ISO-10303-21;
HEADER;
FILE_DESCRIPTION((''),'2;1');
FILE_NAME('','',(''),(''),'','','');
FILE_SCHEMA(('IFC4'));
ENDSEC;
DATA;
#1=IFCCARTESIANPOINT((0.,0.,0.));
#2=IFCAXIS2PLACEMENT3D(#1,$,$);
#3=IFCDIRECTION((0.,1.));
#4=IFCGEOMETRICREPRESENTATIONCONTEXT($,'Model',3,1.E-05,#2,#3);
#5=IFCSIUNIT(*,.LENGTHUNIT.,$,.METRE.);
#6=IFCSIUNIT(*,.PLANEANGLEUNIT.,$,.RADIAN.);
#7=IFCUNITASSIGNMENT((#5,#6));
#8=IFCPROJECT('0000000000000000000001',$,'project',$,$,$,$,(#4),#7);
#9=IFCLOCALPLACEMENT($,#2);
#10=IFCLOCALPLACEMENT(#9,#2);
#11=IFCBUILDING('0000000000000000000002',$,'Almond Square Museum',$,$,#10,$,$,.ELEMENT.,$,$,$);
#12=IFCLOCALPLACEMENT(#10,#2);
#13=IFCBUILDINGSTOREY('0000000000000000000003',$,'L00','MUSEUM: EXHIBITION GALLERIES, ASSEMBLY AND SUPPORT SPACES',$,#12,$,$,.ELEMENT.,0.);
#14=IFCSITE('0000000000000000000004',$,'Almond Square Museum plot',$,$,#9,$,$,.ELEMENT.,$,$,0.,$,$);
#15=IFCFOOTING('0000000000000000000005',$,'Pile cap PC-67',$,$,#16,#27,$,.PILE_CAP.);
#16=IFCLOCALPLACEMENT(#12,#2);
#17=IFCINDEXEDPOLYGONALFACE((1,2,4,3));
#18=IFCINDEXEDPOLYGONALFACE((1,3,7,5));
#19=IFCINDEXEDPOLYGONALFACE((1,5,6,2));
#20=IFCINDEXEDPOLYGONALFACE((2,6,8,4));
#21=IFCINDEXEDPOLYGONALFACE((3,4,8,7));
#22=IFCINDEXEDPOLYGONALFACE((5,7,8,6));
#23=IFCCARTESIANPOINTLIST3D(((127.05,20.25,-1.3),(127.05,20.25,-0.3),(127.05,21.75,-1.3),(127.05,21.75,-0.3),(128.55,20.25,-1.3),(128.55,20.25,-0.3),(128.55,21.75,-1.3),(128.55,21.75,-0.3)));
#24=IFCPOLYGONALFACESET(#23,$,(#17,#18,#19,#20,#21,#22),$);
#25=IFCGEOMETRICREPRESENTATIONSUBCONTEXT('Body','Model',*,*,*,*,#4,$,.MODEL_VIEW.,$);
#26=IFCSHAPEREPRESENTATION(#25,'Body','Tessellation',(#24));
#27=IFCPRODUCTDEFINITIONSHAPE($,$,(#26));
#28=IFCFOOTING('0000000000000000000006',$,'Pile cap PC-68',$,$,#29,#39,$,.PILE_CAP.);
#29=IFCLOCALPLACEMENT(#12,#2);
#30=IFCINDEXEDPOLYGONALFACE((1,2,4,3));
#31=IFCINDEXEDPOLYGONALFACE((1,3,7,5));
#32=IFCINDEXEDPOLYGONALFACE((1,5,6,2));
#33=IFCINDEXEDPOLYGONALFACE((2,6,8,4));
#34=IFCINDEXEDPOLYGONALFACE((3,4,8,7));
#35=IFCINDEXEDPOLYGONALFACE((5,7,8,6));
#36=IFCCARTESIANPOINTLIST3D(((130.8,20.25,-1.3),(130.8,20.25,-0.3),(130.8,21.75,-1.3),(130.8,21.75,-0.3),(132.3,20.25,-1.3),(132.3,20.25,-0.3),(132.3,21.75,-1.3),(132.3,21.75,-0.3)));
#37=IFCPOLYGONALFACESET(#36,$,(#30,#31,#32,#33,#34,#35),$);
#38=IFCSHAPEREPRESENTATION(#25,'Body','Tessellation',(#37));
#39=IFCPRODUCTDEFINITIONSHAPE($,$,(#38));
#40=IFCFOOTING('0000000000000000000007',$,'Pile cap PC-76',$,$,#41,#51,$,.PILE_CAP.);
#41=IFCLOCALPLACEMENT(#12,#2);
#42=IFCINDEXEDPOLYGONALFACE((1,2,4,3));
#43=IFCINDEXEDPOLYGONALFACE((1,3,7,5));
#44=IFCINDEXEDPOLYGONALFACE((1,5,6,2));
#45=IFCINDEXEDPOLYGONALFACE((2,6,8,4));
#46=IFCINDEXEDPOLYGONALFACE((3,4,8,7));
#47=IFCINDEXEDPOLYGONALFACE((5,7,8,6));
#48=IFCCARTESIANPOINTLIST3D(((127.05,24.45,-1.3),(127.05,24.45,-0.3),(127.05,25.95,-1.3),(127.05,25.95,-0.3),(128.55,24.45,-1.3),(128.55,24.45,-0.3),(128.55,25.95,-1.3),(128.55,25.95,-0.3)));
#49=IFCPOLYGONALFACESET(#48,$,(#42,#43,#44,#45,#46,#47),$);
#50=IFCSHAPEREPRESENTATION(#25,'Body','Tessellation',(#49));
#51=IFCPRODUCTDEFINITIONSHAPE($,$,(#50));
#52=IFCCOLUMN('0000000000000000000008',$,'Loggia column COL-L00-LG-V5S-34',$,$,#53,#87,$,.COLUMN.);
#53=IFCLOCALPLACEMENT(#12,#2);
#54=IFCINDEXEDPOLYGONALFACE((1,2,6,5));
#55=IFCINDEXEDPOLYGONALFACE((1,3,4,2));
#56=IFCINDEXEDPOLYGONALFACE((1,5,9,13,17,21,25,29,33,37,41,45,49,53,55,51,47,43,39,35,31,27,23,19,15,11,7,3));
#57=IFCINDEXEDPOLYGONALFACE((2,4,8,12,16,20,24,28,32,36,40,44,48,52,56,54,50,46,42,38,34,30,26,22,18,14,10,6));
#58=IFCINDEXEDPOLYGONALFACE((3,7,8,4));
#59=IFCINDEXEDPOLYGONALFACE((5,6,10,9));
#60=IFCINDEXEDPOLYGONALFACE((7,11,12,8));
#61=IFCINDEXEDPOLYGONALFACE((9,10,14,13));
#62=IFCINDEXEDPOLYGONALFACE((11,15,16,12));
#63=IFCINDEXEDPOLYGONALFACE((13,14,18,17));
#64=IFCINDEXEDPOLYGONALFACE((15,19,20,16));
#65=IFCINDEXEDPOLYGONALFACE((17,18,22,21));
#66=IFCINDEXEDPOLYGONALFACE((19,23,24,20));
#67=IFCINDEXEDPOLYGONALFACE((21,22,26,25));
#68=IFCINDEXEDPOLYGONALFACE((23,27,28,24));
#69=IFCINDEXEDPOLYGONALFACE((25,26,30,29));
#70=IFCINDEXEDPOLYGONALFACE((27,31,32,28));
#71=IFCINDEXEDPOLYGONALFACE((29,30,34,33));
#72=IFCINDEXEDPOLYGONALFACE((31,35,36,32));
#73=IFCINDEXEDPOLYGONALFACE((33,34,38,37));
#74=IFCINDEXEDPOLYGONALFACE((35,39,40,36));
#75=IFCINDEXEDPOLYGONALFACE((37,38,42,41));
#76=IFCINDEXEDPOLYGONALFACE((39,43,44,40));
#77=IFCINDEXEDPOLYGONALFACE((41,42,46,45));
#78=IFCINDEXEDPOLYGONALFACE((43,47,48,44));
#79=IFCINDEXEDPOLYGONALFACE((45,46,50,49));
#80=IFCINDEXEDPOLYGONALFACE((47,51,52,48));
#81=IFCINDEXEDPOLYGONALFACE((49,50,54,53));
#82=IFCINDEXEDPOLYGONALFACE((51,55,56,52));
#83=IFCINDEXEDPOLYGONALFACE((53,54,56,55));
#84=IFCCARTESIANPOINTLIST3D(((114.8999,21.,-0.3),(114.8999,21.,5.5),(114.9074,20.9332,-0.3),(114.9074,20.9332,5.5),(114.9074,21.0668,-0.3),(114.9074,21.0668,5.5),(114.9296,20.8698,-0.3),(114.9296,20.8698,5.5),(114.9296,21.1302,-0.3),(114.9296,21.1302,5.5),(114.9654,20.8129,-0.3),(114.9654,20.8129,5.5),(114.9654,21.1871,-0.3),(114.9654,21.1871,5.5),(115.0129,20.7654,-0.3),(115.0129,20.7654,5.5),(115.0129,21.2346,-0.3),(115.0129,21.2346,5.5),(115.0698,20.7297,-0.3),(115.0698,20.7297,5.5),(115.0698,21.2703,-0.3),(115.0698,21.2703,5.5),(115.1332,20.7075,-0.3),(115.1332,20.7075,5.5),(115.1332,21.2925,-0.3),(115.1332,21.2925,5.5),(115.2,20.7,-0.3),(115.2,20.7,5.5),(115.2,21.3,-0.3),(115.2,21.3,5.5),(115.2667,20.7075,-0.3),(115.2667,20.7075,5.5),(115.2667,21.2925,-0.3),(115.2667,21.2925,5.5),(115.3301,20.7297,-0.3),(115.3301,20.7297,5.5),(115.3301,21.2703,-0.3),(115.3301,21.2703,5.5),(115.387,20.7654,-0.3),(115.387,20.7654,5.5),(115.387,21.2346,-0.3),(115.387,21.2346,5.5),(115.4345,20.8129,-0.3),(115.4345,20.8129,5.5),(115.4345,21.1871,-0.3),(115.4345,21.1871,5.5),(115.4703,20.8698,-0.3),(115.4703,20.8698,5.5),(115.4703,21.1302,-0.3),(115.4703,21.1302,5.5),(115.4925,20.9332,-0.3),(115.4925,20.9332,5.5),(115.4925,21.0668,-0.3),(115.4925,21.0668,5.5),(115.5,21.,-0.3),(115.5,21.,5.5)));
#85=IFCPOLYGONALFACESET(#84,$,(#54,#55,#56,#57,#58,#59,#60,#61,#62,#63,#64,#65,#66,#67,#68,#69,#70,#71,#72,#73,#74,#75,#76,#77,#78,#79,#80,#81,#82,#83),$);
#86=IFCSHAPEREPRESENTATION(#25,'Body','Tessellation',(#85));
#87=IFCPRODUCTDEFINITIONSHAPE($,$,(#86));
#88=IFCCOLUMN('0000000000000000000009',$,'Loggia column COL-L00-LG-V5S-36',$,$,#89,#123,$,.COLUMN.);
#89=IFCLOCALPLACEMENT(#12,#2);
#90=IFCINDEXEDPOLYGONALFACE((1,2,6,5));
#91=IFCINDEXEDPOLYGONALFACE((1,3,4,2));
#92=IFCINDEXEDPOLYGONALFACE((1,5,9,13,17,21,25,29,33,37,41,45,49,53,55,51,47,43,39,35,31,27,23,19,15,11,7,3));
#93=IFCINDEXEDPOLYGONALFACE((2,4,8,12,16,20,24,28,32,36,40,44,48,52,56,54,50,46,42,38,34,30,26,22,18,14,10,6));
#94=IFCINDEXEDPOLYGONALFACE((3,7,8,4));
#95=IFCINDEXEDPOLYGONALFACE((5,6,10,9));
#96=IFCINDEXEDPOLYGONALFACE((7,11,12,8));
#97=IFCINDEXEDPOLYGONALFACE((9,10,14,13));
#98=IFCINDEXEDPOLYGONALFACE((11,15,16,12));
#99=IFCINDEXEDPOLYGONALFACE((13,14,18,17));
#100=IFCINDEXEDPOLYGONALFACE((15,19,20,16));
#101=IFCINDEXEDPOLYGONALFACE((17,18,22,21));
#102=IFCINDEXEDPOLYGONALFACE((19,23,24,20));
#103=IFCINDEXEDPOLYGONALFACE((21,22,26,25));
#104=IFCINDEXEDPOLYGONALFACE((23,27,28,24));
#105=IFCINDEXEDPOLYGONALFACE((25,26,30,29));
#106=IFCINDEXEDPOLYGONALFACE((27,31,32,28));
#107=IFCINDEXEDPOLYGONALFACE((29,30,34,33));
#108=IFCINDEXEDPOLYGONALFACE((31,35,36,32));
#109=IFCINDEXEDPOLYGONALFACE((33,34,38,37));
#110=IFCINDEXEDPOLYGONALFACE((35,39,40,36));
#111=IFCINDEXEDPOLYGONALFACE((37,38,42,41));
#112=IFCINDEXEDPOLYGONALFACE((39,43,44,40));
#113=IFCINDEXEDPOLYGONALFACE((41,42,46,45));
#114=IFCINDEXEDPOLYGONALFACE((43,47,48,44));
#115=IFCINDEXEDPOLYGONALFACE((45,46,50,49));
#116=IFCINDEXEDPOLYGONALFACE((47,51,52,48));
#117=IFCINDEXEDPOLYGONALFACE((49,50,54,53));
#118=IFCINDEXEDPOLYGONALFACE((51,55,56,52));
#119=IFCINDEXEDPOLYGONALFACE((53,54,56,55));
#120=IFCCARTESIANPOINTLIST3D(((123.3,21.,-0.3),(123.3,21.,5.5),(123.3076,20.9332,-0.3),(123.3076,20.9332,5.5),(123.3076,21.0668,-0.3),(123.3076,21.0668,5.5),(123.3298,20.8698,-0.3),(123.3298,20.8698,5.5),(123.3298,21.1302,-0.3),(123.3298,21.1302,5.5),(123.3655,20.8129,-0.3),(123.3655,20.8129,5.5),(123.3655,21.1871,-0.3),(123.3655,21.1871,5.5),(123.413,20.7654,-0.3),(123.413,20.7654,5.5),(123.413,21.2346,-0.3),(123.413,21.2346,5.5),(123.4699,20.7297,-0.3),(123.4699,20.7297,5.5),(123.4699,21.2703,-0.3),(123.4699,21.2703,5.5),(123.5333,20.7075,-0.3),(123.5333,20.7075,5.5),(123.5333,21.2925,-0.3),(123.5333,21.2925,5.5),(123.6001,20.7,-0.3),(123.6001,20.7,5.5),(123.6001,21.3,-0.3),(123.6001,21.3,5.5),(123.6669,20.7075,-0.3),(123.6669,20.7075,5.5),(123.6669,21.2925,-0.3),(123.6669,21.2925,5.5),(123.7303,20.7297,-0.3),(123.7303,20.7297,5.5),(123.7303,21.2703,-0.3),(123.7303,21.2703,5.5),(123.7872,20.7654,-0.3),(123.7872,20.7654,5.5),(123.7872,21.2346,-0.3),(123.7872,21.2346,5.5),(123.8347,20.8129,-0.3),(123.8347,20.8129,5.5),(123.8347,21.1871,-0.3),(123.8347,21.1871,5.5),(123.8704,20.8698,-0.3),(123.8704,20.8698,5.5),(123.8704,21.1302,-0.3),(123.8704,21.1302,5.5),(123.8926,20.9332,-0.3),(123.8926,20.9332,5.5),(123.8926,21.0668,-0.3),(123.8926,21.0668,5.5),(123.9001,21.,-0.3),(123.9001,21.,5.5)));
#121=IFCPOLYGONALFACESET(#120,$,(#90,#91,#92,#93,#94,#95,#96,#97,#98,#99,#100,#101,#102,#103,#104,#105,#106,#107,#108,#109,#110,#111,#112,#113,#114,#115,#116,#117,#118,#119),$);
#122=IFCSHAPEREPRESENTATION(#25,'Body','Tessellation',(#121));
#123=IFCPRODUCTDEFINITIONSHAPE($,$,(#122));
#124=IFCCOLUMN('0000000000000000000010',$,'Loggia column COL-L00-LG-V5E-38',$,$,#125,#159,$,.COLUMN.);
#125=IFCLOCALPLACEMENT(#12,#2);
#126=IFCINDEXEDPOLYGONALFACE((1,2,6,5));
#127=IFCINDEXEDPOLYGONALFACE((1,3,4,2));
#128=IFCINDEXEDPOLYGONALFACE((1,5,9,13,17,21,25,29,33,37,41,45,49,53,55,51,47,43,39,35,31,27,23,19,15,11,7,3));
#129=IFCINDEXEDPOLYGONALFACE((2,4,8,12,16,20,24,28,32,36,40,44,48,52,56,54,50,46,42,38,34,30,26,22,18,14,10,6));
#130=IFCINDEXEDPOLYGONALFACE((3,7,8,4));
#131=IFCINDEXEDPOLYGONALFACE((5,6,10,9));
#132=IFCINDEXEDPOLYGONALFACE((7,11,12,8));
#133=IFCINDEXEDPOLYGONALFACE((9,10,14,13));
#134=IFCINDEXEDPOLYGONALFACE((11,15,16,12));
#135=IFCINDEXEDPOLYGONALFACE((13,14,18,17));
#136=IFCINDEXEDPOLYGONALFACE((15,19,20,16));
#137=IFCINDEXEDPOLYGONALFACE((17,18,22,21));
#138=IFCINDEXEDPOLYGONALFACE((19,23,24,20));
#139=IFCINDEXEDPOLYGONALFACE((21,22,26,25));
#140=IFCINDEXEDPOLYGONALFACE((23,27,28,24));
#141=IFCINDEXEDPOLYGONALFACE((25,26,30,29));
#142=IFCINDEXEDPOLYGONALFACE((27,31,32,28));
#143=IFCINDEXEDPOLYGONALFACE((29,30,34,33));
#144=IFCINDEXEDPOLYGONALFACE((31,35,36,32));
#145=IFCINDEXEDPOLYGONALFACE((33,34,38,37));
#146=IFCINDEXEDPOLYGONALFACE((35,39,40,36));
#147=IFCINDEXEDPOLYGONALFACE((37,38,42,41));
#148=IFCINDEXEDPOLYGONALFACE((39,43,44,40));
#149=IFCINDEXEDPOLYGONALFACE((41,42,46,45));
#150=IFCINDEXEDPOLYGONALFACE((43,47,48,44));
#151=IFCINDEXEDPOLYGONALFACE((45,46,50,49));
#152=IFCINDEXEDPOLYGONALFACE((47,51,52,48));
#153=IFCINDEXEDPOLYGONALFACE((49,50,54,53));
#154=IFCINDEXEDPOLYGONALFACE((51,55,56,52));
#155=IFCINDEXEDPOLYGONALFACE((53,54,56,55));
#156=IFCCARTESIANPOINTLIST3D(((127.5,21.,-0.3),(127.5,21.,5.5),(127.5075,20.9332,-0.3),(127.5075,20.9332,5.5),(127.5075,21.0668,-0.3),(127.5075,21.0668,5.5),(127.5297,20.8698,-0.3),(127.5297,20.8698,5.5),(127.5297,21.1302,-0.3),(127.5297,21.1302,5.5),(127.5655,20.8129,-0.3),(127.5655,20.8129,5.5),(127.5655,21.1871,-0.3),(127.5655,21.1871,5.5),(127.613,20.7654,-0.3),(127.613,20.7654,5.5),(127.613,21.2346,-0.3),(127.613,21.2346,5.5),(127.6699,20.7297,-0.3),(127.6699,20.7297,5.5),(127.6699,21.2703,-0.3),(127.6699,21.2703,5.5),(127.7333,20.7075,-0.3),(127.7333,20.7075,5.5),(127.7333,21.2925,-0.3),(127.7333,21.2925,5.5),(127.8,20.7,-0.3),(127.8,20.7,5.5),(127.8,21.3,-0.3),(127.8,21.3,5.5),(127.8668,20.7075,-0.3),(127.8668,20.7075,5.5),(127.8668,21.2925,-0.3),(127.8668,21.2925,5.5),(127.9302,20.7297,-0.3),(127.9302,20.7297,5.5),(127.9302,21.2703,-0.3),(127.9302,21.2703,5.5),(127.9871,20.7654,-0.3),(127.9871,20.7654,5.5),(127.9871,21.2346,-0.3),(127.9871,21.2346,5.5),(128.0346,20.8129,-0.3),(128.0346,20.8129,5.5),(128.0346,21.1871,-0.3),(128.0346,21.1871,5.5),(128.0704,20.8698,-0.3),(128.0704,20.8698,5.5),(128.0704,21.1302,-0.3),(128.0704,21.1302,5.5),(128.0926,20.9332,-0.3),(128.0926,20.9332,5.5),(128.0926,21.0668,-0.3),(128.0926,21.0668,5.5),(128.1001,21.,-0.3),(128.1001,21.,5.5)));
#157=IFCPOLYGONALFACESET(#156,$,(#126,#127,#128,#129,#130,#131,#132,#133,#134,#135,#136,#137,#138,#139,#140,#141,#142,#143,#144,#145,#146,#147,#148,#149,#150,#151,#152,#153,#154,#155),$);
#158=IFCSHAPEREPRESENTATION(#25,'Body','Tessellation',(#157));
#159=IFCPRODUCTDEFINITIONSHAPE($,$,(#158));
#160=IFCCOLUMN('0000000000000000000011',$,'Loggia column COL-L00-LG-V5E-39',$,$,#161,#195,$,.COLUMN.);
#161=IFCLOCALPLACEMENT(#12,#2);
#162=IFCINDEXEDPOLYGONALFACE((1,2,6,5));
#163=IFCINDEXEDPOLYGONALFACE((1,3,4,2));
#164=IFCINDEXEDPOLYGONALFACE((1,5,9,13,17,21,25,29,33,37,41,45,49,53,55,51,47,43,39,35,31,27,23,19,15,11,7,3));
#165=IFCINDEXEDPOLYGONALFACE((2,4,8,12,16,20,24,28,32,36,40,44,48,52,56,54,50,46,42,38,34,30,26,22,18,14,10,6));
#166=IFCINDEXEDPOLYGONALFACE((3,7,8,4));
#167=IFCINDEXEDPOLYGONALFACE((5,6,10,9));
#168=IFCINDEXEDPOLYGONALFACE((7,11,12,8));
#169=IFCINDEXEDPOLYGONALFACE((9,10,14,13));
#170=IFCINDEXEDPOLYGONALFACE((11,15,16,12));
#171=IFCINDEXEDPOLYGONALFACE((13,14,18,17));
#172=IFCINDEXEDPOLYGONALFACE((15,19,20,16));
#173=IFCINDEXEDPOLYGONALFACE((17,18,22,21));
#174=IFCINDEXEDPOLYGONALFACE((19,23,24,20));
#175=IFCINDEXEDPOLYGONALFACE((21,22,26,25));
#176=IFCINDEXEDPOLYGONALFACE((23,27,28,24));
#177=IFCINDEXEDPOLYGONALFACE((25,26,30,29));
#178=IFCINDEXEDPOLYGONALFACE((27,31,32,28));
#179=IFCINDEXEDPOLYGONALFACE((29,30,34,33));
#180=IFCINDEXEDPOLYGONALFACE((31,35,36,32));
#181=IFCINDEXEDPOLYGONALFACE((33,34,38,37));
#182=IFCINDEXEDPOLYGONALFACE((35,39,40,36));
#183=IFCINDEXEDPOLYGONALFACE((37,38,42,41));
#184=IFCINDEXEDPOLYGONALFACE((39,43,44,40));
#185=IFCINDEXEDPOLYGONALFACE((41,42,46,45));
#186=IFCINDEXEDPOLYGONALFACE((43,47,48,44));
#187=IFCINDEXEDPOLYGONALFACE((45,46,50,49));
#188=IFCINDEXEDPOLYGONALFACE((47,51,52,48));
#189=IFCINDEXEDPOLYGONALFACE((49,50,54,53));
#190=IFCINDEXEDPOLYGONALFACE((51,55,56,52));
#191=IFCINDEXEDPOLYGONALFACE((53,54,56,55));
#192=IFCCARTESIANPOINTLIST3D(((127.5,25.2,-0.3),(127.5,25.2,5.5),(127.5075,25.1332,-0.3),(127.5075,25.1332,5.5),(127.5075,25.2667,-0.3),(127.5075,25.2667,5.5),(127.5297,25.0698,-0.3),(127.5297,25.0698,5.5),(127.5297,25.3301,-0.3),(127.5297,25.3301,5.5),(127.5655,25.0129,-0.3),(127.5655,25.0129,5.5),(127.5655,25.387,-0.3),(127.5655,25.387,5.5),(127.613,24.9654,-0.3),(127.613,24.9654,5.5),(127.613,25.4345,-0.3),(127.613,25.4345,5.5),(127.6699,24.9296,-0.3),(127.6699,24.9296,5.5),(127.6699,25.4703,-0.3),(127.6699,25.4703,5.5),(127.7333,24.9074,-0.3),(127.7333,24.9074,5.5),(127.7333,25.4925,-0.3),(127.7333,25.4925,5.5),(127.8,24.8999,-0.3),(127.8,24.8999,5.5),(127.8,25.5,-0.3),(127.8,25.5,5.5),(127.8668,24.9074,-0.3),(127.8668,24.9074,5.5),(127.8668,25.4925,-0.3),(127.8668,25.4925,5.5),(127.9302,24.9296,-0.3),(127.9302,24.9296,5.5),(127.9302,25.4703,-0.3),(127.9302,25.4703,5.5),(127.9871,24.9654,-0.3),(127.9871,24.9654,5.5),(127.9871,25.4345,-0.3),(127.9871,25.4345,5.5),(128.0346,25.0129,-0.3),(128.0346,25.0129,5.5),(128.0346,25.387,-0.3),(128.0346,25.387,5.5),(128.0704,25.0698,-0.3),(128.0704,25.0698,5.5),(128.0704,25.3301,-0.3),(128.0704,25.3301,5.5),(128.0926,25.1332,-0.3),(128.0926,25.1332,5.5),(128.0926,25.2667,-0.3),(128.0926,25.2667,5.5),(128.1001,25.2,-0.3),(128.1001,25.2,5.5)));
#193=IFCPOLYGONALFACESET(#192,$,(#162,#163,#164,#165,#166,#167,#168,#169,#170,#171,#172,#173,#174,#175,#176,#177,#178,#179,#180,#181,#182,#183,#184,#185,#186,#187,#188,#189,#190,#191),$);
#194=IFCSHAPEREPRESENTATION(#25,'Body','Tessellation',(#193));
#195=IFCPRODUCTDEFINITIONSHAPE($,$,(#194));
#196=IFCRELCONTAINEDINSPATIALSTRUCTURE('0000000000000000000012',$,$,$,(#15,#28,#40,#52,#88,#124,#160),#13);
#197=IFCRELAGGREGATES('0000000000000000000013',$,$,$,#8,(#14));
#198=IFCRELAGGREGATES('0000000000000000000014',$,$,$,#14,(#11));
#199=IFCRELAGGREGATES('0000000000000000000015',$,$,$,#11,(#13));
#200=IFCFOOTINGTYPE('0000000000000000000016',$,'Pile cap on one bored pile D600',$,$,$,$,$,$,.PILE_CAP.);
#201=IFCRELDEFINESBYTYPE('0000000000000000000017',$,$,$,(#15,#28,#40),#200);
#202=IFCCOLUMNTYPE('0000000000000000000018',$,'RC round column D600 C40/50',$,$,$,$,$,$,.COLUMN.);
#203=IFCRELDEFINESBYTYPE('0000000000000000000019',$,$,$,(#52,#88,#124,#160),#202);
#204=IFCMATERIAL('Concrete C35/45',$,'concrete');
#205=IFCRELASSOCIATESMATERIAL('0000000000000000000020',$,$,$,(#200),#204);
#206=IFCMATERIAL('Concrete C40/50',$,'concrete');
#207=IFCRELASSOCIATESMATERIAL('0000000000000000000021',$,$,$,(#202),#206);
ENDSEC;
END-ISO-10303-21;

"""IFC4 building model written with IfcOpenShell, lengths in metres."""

from ifc_helpers import new_model, si_unit, direction, frame, origin, origin_2d, place, context, subcontext, project, spatial, rectangle, circle, extrude, material, material_profile, profile_set, type_object, element, save


model = new_model("IFC4")

# Units and contexts
model_context = context("Model", 3, precision=1e-05, world=origin(), true_north=direction((0.0, 1.0)))
body_context = subcontext(model_context, "Body", "Model", "MODEL_VIEW")
ifc_project = project(units=[si_unit("LENGTHUNIT", "METRE"), si_unit("PLANEANGLEUNIT", "RADIAN")], contexts=[model_context])

# Site, building, storey
site_placement = place(None, origin())
site = spatial("IfcSite", under=ifc_project, at=site_placement, Name="Almond Square Museum plot", CompositionType="ELEMENT", RefElevation=0.0)
building_placement = place(site_placement, origin())
building = spatial("IfcBuilding", under=site, at=building_placement, Name="Almond Square Museum", CompositionType="ELEMENT")
storey_placement = place(building_placement, origin())
storey = spatial("IfcBuildingStorey", under=building, at=storey_placement, Name="L00", Description="MUSEUM: EXHIBITION GALLERIES, ASSEMBLY AND SUPPORT SPACES", CompositionType="ELEMENT", Elevation=0.0)

# Footings
ifc_material_1 = material(Name="Concrete C35/45", Category="concrete")
footing_type = type_object("IfcFootingType", Name="Pile cap on one bored pile D600", PredefinedType="PILE_CAP", material=ifc_material_1)
for number, where, z_axis, x_axis, name in (
    (1, (127.8, 21.0, -1.3), (0.0, 0.0, 1.0), (1.0, 0.0, 0.0), "Pile cap PC-67"),
    (2, (131.55, 21.0, -1.3), (0.0, 0.0, 1.0), (1.0, 0.0, 0.0), "Pile cap PC-68"),
    (3, (127.8, 25.2, -1.3), (0.0, 0.0, 1.0), (1.0, 0.0, 0.0), "Pile cap PC-76"),
):
    element("IfcFooting", number, at=place(storey_placement, frame(where, z_axis=z_axis, x_axis=x_axis)), inside=storey, type_object=footing_type, Name=name, PredefinedType="PILE_CAP", context=body_context, shape_type="SweptSolid", body=[
        extrude(rectangle(XDim=1.5, YDim=1.5, at=origin_2d()), origin(), (0.0, 0.0, 1.0), 1.0),
    ])

# Columns
ifc_material_2 = material(Name="Concrete C40/50", Category="concrete")
ifc_material_profile_1 = material_profile(ifc_material_2, circle(Radius=0.3, at=origin_2d()))
ifc_profile_set_1 = profile_set([ifc_material_profile_1], Name="Concrete C40/50")
column_type = type_object("IfcColumnType", Name="RC round column D600 C40/50", PredefinedType="COLUMN", material=ifc_profile_set_1)
for number, where, z_axis, x_axis, name in (
    (4, (115.2, 21.0, -0.3), (0.0, 0.0, 1.0), (1.0, 0.0, 0.0), "Loggia column COL-L00-LG-V5S-34"),
    (5, (123.6001, 21.0, -0.3), (0.0, 0.0, 1.0), (1.0, 0.0, 0.0), "Loggia column COL-L00-LG-V5S-36"),
    (6, (127.8, 21.0, -0.3), (0.0, 0.0, 1.0), (1.0, 0.0, 0.0), "Loggia column COL-L00-LG-V5E-38"),
    (7, (127.8, 25.2, -0.3), (0.0, 0.0, 1.0), (1.0, 0.0, 0.0), "Loggia column COL-L00-LG-V5E-39"),
):
    element("IfcColumn", number, at=place(storey_placement, frame(where, z_axis=z_axis, x_axis=x_axis)), inside=storey, type_object=column_type, Name=name, PredefinedType="COLUMN", context=body_context, shape_type="SweptSolid", body=[
        extrude(circle(Radius=0.3, at=origin_2d()), origin(), (0.0, 0.0, 1.0), 5.8),
    ])

save(model, "model.ifc")
